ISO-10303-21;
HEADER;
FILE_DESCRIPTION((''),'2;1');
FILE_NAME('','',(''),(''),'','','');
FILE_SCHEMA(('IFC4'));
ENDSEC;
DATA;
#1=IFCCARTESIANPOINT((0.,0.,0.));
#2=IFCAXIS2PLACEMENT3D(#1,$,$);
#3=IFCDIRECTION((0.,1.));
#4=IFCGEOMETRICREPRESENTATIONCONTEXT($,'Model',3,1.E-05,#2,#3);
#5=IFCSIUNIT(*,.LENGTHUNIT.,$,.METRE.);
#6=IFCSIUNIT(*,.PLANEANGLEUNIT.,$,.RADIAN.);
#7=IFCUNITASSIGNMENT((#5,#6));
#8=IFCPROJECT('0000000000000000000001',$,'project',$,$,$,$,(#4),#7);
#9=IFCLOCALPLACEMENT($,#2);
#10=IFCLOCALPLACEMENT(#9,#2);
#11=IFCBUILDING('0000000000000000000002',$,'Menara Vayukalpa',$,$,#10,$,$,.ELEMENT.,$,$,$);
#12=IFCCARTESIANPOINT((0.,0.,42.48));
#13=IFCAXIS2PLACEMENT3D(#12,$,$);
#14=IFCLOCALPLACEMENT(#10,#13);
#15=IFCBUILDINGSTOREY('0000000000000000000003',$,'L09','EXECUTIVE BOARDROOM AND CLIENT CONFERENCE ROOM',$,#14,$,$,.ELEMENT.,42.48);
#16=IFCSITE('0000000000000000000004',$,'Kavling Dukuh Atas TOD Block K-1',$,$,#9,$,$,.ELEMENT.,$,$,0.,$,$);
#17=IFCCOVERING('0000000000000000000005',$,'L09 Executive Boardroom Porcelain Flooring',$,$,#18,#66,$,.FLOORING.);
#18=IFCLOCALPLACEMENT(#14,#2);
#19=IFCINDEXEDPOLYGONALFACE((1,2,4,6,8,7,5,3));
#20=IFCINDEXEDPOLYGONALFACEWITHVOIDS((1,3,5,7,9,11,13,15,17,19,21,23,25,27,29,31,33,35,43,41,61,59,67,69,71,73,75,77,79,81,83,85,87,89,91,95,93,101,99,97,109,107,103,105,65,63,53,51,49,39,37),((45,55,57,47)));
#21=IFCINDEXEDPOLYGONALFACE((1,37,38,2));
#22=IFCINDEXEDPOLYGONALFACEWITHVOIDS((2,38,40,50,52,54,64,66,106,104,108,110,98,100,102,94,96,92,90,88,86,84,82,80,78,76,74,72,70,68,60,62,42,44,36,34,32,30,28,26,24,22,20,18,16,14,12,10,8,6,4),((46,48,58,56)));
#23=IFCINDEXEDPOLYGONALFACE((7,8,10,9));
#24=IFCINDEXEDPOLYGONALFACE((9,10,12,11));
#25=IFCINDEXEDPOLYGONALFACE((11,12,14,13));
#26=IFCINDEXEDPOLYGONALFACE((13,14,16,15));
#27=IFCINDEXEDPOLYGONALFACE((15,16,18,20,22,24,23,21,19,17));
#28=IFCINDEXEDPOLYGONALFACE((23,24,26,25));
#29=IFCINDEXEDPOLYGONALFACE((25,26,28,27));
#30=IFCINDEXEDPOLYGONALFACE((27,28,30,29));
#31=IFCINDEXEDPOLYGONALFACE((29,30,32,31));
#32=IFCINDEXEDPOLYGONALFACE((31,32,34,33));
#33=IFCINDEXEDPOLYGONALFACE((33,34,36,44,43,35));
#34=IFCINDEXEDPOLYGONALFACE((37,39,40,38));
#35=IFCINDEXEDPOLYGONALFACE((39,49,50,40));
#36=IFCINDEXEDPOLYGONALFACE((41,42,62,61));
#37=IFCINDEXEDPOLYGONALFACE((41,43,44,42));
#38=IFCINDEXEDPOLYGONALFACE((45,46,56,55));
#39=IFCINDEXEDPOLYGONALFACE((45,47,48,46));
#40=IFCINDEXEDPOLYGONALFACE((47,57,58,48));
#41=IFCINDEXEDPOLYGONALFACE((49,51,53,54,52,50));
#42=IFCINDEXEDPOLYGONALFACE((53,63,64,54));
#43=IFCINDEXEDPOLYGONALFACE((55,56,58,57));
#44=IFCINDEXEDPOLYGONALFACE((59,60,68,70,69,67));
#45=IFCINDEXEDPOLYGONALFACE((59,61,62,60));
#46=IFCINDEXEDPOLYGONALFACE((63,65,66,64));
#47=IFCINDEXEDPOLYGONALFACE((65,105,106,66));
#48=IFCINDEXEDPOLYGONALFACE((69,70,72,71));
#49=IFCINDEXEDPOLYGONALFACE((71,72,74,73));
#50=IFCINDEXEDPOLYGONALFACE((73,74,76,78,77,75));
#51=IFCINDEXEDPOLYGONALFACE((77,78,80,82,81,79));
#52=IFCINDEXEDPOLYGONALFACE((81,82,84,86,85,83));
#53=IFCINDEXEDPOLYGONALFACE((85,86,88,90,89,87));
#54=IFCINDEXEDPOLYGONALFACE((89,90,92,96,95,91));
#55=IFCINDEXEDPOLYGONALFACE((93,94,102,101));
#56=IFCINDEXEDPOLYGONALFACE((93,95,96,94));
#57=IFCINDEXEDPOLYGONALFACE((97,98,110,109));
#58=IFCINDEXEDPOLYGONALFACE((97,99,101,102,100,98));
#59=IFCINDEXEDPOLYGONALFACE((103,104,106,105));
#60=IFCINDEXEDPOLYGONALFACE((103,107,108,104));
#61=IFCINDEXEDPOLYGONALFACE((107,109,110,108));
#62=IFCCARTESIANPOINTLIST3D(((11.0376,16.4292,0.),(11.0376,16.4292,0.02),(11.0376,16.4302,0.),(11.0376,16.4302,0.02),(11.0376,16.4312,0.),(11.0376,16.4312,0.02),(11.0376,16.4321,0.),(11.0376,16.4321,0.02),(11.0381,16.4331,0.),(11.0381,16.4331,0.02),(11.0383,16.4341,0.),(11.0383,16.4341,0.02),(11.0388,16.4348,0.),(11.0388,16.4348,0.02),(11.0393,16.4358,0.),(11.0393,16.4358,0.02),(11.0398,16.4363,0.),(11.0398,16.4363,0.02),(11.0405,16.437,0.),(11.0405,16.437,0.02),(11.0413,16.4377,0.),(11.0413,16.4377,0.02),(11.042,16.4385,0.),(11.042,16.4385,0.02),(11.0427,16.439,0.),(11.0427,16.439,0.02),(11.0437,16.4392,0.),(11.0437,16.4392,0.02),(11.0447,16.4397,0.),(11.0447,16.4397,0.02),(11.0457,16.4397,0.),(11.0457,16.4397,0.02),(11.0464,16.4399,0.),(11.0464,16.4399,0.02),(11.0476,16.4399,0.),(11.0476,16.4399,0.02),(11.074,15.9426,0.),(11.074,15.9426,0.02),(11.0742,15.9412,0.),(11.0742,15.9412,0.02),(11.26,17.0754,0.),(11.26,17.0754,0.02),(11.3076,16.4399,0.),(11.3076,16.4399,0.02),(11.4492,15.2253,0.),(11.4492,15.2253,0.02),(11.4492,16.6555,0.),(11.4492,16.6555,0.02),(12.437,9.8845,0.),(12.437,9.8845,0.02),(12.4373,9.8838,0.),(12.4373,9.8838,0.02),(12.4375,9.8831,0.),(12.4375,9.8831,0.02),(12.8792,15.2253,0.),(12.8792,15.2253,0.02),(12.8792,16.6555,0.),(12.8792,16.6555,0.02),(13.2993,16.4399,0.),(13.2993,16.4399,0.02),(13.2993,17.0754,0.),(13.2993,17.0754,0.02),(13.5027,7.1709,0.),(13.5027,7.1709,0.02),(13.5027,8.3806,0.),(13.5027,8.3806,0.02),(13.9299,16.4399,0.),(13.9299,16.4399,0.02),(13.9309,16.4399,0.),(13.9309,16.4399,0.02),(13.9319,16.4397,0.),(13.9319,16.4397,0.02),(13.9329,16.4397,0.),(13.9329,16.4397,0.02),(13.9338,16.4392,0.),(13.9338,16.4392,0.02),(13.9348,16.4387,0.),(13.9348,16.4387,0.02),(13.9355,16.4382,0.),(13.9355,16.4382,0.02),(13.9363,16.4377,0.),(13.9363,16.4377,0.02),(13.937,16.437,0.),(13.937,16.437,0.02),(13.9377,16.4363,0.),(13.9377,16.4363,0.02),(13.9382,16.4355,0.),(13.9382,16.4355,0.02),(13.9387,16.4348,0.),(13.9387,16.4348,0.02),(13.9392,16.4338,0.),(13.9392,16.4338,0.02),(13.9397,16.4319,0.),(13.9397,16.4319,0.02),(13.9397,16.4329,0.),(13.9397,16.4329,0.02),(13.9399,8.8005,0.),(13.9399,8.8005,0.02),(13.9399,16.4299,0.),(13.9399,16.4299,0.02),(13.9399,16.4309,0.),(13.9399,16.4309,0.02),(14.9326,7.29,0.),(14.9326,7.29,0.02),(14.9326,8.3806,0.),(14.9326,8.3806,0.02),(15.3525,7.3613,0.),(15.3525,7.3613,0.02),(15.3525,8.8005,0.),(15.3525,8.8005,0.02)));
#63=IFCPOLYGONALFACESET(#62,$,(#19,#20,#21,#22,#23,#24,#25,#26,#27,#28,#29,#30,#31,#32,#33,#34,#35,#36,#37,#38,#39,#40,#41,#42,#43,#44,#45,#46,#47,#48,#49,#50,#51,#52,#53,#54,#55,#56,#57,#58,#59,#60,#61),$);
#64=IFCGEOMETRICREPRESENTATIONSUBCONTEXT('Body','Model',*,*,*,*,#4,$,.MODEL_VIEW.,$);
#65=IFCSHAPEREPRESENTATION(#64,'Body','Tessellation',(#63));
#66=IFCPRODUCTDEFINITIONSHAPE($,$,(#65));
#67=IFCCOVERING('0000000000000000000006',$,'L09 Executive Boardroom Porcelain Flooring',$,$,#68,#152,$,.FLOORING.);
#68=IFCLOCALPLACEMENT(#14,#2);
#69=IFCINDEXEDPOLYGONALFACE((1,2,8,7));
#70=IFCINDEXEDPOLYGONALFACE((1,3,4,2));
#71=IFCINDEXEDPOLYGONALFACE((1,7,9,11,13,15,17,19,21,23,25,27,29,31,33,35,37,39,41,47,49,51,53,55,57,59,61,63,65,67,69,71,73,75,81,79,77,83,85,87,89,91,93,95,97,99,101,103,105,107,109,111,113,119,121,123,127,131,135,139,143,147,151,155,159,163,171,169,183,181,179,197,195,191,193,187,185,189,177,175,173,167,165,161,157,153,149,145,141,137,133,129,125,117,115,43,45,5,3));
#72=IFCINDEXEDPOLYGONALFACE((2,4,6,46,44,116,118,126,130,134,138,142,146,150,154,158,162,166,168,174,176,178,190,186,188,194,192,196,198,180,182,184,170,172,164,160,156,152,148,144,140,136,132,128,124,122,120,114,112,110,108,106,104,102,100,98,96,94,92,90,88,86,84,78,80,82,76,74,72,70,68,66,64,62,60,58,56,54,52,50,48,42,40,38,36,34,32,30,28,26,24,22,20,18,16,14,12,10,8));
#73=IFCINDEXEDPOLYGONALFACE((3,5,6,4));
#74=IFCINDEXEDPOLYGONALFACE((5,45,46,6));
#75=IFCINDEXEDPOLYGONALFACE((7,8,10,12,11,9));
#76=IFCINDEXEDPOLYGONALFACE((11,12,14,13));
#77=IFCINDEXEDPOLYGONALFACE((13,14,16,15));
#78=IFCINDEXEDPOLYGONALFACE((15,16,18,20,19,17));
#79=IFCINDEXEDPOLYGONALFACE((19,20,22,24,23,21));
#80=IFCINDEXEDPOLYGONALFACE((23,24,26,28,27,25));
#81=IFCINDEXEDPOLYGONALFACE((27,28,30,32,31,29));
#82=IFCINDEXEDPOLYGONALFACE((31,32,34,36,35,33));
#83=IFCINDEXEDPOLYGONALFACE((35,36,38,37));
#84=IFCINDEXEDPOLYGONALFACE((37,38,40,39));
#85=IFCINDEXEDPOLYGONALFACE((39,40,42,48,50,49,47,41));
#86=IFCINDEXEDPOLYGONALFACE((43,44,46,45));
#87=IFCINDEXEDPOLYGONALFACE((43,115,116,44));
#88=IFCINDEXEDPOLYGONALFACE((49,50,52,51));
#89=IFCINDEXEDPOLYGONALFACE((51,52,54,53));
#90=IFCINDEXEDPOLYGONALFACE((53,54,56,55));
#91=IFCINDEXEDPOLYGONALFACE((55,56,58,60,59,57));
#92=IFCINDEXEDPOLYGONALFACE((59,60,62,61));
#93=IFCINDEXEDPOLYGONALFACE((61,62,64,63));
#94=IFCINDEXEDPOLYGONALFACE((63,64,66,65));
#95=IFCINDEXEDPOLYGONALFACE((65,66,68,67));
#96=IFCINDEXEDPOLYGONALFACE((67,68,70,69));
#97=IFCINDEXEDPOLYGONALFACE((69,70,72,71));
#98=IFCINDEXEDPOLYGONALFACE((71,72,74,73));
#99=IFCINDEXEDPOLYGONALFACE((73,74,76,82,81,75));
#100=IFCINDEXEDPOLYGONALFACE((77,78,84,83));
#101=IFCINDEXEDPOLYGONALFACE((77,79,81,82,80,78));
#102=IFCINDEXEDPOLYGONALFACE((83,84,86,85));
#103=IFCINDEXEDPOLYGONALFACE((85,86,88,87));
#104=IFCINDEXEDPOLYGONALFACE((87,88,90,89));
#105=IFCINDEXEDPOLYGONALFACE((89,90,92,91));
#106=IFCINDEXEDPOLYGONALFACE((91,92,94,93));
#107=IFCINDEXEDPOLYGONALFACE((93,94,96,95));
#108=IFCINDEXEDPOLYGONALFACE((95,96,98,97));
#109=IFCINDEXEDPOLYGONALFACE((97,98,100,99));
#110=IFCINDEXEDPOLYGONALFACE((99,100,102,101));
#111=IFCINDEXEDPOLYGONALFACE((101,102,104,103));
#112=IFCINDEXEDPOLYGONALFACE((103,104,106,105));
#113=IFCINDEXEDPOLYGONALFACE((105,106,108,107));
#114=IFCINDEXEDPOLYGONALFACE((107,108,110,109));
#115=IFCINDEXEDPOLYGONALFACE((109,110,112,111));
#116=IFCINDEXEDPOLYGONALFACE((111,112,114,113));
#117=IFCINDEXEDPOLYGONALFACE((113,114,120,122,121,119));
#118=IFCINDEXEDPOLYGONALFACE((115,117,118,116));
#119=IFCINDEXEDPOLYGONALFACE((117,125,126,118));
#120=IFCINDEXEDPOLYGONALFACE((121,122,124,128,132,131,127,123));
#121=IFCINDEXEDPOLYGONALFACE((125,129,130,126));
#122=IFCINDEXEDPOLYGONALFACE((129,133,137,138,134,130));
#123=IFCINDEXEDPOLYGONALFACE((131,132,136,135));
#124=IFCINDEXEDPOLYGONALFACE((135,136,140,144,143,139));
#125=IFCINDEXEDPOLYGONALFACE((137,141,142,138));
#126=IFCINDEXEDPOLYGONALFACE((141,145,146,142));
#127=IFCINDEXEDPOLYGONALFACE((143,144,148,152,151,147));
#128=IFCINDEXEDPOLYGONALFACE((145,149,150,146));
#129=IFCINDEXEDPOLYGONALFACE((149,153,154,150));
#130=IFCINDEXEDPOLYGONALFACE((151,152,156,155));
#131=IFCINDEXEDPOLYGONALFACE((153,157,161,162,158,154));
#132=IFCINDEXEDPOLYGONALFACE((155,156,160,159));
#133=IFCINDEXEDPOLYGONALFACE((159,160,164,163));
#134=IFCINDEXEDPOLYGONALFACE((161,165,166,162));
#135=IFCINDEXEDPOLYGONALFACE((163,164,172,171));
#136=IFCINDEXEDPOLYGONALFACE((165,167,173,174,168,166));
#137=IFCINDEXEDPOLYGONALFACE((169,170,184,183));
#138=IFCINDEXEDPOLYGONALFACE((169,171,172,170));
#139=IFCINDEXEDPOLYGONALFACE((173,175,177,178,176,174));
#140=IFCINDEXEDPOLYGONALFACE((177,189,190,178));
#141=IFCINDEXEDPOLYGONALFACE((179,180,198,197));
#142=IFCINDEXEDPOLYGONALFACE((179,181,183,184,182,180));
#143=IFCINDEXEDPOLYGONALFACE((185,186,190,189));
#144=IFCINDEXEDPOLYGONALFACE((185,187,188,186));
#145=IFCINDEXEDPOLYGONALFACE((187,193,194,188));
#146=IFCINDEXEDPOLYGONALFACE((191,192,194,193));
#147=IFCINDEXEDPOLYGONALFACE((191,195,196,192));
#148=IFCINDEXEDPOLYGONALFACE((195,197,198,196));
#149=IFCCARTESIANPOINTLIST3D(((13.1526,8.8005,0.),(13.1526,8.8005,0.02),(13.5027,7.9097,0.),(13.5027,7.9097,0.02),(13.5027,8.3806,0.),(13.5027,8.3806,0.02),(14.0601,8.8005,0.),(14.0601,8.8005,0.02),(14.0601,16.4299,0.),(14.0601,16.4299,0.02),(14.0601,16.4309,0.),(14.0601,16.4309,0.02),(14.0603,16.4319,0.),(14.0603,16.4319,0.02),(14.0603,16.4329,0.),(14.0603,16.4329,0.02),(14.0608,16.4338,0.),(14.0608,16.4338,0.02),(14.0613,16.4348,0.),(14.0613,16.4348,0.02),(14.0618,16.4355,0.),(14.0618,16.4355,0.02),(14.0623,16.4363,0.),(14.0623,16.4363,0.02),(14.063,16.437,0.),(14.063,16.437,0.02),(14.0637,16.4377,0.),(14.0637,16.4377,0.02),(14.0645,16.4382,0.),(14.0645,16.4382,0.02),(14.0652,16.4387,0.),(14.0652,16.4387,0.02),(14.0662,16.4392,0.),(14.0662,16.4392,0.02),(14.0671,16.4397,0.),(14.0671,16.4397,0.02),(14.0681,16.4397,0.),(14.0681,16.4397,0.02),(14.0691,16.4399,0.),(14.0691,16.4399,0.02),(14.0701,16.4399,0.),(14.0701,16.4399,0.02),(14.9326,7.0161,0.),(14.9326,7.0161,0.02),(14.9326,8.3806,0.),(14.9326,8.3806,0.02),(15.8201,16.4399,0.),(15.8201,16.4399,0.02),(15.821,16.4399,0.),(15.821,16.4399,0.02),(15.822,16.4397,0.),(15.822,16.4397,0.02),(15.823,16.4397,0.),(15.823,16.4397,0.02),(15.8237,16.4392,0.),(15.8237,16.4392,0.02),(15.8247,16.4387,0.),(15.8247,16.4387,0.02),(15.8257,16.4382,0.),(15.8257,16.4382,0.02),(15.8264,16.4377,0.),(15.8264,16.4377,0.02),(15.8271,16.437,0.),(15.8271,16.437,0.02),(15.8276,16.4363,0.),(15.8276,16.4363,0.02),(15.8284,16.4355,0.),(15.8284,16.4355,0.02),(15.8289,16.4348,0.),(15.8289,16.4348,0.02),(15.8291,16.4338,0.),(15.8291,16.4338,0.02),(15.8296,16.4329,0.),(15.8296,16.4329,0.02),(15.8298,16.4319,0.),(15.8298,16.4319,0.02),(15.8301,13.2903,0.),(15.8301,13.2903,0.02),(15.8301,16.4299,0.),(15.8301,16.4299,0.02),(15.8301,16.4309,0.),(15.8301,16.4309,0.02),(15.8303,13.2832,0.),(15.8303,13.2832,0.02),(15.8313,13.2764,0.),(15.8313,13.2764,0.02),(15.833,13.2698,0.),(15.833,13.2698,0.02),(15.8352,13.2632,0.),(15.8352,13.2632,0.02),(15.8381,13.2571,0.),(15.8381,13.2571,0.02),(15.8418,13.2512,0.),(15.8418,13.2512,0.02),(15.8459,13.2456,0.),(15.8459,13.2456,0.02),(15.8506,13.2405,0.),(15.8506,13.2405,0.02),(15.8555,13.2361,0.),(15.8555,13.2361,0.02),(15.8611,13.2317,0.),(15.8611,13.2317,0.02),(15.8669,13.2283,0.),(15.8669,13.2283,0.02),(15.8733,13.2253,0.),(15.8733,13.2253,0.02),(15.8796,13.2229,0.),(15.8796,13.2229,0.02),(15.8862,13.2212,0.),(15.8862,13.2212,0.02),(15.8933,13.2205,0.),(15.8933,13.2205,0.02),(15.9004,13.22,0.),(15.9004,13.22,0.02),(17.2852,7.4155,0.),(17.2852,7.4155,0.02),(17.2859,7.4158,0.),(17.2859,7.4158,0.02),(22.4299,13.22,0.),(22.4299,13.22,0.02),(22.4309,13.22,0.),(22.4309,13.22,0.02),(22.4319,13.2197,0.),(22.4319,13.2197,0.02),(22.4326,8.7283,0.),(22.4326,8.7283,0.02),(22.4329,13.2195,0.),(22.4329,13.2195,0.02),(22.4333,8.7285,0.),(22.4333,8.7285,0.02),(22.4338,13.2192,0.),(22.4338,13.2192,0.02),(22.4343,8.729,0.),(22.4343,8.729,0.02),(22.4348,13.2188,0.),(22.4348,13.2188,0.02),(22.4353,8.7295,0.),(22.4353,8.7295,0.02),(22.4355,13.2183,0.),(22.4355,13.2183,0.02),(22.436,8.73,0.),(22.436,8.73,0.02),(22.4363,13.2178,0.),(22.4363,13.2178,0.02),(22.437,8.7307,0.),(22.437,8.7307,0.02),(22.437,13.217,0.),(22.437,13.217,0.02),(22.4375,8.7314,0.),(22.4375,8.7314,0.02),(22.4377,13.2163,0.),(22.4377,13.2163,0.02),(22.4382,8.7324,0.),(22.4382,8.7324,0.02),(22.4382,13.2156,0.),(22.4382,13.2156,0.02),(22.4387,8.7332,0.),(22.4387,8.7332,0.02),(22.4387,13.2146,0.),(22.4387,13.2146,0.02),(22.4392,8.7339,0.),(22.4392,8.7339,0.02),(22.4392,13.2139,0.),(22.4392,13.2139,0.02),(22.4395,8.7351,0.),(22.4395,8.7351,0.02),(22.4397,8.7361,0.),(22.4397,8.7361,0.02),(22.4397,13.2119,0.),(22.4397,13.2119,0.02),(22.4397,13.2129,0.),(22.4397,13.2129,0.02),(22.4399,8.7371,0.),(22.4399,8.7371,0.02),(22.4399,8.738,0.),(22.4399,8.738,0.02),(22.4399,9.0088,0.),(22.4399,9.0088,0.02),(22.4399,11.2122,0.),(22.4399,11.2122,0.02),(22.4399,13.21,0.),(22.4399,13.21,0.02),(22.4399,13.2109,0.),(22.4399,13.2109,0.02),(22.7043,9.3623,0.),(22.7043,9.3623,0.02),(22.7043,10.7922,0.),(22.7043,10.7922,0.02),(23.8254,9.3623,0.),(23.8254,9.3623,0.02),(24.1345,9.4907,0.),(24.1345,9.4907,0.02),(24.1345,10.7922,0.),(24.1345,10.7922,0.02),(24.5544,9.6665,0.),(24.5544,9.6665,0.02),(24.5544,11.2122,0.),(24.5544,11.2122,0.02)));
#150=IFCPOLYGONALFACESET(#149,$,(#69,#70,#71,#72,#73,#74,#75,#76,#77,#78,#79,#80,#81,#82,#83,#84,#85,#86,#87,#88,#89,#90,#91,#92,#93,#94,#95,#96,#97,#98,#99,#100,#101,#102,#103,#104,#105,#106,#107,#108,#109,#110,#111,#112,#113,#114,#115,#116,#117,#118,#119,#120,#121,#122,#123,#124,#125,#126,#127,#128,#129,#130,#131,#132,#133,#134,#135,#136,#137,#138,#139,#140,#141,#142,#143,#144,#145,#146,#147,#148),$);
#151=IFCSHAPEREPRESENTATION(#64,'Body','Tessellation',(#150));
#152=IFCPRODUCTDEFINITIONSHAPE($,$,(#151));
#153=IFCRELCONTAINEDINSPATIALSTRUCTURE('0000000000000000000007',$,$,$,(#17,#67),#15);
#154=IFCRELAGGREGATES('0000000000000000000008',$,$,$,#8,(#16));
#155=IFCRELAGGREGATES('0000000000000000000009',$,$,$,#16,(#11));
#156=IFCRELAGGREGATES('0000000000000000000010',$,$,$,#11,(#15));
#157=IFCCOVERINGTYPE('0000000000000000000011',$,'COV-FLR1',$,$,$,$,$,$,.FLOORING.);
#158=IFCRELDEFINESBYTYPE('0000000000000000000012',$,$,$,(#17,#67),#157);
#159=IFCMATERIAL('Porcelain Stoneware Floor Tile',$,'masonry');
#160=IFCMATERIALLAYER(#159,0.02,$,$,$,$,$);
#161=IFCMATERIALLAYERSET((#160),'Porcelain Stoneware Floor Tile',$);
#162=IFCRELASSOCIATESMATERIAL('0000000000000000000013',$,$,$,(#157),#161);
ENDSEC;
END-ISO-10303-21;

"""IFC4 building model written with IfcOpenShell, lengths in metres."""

from ifc_helpers import new_model, si_unit, direction, frame, origin, place, context, subcontext, project, spatial, polyline, outline, extrude, material, layer, layer_set, type_object, element, save


model = new_model("IFC4")

# Units and contexts
model_context = context("Model", 3, precision=1e-05, world=origin(), true_north=direction((0.0, 1.0)))
body_context = subcontext(model_context, "Body", "Model", "MODEL_VIEW")
ifc_project = project(units=[si_unit("LENGTHUNIT", "METRE"), si_unit("PLANEANGLEUNIT", "RADIAN")], contexts=[model_context])

# Site, building, storey
site_placement = place(None, origin())
site = spatial("IfcSite", under=ifc_project, at=site_placement, Name="Kavling Dukuh Atas TOD Block K-1", CompositionType="ELEMENT", RefElevation=0.0)
building_placement = place(site_placement, origin())
building = spatial("IfcBuilding", under=site, at=building_placement, Name="Menara Vayukalpa", CompositionType="ELEMENT")
storey_placement = place(building_placement, frame((0.0, 0.0, 42.48)))
storey = spatial("IfcBuildingStorey", under=building, at=storey_placement, Name="L09", Description="EXECUTIVE BOARDROOM AND CLIENT CONFERENCE ROOM", CompositionType="ELEMENT", Elevation=42.48)

# Coverings
ifc_material_1 = material(Name="Porcelain Stoneware Floor Tile", Category="masonry")
ifc_layer_1 = layer(ifc_material_1, 0.02)
ifc_layer_set_1 = layer_set([ifc_layer_1], Name="Porcelain Stoneware Floor Tile")
covering_type_1 = type_object("IfcCoveringType", Name="COV-FLR1", PredefinedType="FLOORING", material=ifc_layer_set_1)
covering_1_placement = place(storey_placement, origin())
element("IfcCovering", 1, at=covering_1_placement, inside=storey, type_object=covering_type_1, Name="L09 Executive Boardroom Porcelain Flooring", PredefinedType="FLOORING", context=body_context, shape_type="SweptSolid", body=[
    extrude(outline(polyline([(14.9326, 7.29), (14.9326, 8.3806), (13.5027, 8.3806), (13.5027, 7.1709), (12.4375, 9.8831), (12.4373, 9.8838), (12.437, 9.8845), (11.0742, 15.9412), (11.074, 15.9426), (11.0376, 16.4292), (11.0376, 16.4302), (11.0376, 16.4312), (11.0376, 16.4321), (11.0381, 16.4331), (11.0383, 16.4341), (11.0388, 16.4348), (11.0393, 16.4358), (11.0398, 16.4363), (11.0405, 16.437), (11.0413, 16.4377), (11.042, 16.4385), (11.0427, 16.439), (11.0437, 16.4392), (11.0447, 16.4397), (11.0457, 16.4397), (11.0464, 16.4399), (11.0476, 16.4399), (11.3076, 16.4399), (11.26, 17.0754), (13.2993, 17.0754), (13.2993, 16.4399), (13.9299, 16.4399), (13.9309, 16.4399), (13.9319, 16.4397), (13.9329, 16.4397), (13.9338, 16.4392), (13.9348, 16.4387), (13.9355, 16.4382), (13.9363, 16.4377), (13.937, 16.437), (13.9377, 16.4363), (13.9382, 16.4355), (13.9387, 16.4348), (13.9392, 16.4338), (13.9397, 16.4329), (13.9397, 16.4319), (13.9399, 16.4309), (13.9399, 16.4299), (13.9399, 8.8005), (15.3525, 8.8005), (15.3525, 7.3613), (14.9326, 7.29)]), holes=[polyline([(12.8792, 16.6555), (11.4492, 16.6555), (11.4492, 15.2253), (12.8792, 15.2253), (12.8792, 16.6555)])]), origin(), (0.0, 0.0, 1.0), 0.02),
])
covering_2_placement = place(storey_placement, origin())
element("IfcCovering", 2, at=covering_2_placement, inside=storey, type_object=covering_type_1, Name="L09 Executive Boardroom Porcelain Flooring", PredefinedType="FLOORING", context=body_context, shape_type="SweptSolid", body=[
    extrude(outline(polyline([(13.1526, 8.8005), (14.0601, 8.8005), (14.0601, 16.4299), (14.0601, 16.4309), (14.0603, 16.4319), (14.0603, 16.4329), (14.0608, 16.4338), (14.0613, 16.4348), (14.0618, 16.4355), (14.0623, 16.4363), (14.063, 16.437), (14.0637, 16.4377), (14.0645, 16.4382), (14.0652, 16.4387), (14.0662, 16.4392), (14.0671, 16.4397), (14.0681, 16.4397), (14.0691, 16.4399), (14.0701, 16.4399), (15.8201, 16.4399), (15.821, 16.4399), (15.822, 16.4397), (15.823, 16.4397), (15.8237, 16.4392), (15.8247, 16.4387), (15.8257, 16.4382), (15.8264, 16.4377), (15.8271, 16.437), (15.8276, 16.4363), (15.8284, 16.4355), (15.8289, 16.4348), (15.8291, 16.4338), (15.8296, 16.4329), (15.8298, 16.4319), (15.8301, 16.4309), (15.8301, 16.4299), (15.8301, 13.2903), (15.8303, 13.2832), (15.8313, 13.2764), (15.833, 13.2698), (15.8352, 13.2632), (15.8381, 13.2571), (15.8418, 13.2512), (15.8459, 13.2456), (15.8506, 13.2405), (15.8555, 13.2361), (15.8611, 13.2317), (15.8669, 13.2283), (15.8733, 13.2253), (15.8796, 13.2229), (15.8862, 13.2212), (15.8933, 13.2205), (15.9004, 13.22), (22.4299, 13.22), (22.4309, 13.22), (22.4319, 13.2197), (22.4329, 13.2195), (22.4338, 13.2192), (22.4348, 13.2188), (22.4355, 13.2183), (22.4363, 13.2178), (22.437, 13.217), (22.4377, 13.2163), (22.4382, 13.2156), (22.4387, 13.2146), (22.4392, 13.2139), (22.4397, 13.2129), (22.4397, 13.2119), (22.4399, 13.2109), (22.4399, 13.21), (22.4399, 11.2122), (24.5544, 11.2122), (24.5544, 9.6665), (24.1345, 9.4907), (24.1345, 10.7922), (22.7043, 10.7922), (22.7043, 9.3623), (23.8254, 9.3623), (22.4399, 9.0088), (22.4399, 8.738), (22.4399, 8.7371), (22.4397, 8.7361), (22.4395, 8.7351), (22.4392, 8.7339), (22.4387, 8.7332), (22.4382, 8.7324), (22.4375, 8.7314), (22.437, 8.7307), (22.436, 8.73), (22.4353, 8.7295), (22.4343, 8.729), (22.4333, 8.7285), (22.4326, 8.7283), (17.2859, 7.4158), (17.2852, 7.4155), (14.9326, 7.0161), (14.9326, 8.3806), (13.5027, 8.3806), (13.5027, 7.9097), (13.1526, 8.8005)])), origin(), (0.0, 0.0, 1.0), 0.02),
])

save(model, "model.ifc")
